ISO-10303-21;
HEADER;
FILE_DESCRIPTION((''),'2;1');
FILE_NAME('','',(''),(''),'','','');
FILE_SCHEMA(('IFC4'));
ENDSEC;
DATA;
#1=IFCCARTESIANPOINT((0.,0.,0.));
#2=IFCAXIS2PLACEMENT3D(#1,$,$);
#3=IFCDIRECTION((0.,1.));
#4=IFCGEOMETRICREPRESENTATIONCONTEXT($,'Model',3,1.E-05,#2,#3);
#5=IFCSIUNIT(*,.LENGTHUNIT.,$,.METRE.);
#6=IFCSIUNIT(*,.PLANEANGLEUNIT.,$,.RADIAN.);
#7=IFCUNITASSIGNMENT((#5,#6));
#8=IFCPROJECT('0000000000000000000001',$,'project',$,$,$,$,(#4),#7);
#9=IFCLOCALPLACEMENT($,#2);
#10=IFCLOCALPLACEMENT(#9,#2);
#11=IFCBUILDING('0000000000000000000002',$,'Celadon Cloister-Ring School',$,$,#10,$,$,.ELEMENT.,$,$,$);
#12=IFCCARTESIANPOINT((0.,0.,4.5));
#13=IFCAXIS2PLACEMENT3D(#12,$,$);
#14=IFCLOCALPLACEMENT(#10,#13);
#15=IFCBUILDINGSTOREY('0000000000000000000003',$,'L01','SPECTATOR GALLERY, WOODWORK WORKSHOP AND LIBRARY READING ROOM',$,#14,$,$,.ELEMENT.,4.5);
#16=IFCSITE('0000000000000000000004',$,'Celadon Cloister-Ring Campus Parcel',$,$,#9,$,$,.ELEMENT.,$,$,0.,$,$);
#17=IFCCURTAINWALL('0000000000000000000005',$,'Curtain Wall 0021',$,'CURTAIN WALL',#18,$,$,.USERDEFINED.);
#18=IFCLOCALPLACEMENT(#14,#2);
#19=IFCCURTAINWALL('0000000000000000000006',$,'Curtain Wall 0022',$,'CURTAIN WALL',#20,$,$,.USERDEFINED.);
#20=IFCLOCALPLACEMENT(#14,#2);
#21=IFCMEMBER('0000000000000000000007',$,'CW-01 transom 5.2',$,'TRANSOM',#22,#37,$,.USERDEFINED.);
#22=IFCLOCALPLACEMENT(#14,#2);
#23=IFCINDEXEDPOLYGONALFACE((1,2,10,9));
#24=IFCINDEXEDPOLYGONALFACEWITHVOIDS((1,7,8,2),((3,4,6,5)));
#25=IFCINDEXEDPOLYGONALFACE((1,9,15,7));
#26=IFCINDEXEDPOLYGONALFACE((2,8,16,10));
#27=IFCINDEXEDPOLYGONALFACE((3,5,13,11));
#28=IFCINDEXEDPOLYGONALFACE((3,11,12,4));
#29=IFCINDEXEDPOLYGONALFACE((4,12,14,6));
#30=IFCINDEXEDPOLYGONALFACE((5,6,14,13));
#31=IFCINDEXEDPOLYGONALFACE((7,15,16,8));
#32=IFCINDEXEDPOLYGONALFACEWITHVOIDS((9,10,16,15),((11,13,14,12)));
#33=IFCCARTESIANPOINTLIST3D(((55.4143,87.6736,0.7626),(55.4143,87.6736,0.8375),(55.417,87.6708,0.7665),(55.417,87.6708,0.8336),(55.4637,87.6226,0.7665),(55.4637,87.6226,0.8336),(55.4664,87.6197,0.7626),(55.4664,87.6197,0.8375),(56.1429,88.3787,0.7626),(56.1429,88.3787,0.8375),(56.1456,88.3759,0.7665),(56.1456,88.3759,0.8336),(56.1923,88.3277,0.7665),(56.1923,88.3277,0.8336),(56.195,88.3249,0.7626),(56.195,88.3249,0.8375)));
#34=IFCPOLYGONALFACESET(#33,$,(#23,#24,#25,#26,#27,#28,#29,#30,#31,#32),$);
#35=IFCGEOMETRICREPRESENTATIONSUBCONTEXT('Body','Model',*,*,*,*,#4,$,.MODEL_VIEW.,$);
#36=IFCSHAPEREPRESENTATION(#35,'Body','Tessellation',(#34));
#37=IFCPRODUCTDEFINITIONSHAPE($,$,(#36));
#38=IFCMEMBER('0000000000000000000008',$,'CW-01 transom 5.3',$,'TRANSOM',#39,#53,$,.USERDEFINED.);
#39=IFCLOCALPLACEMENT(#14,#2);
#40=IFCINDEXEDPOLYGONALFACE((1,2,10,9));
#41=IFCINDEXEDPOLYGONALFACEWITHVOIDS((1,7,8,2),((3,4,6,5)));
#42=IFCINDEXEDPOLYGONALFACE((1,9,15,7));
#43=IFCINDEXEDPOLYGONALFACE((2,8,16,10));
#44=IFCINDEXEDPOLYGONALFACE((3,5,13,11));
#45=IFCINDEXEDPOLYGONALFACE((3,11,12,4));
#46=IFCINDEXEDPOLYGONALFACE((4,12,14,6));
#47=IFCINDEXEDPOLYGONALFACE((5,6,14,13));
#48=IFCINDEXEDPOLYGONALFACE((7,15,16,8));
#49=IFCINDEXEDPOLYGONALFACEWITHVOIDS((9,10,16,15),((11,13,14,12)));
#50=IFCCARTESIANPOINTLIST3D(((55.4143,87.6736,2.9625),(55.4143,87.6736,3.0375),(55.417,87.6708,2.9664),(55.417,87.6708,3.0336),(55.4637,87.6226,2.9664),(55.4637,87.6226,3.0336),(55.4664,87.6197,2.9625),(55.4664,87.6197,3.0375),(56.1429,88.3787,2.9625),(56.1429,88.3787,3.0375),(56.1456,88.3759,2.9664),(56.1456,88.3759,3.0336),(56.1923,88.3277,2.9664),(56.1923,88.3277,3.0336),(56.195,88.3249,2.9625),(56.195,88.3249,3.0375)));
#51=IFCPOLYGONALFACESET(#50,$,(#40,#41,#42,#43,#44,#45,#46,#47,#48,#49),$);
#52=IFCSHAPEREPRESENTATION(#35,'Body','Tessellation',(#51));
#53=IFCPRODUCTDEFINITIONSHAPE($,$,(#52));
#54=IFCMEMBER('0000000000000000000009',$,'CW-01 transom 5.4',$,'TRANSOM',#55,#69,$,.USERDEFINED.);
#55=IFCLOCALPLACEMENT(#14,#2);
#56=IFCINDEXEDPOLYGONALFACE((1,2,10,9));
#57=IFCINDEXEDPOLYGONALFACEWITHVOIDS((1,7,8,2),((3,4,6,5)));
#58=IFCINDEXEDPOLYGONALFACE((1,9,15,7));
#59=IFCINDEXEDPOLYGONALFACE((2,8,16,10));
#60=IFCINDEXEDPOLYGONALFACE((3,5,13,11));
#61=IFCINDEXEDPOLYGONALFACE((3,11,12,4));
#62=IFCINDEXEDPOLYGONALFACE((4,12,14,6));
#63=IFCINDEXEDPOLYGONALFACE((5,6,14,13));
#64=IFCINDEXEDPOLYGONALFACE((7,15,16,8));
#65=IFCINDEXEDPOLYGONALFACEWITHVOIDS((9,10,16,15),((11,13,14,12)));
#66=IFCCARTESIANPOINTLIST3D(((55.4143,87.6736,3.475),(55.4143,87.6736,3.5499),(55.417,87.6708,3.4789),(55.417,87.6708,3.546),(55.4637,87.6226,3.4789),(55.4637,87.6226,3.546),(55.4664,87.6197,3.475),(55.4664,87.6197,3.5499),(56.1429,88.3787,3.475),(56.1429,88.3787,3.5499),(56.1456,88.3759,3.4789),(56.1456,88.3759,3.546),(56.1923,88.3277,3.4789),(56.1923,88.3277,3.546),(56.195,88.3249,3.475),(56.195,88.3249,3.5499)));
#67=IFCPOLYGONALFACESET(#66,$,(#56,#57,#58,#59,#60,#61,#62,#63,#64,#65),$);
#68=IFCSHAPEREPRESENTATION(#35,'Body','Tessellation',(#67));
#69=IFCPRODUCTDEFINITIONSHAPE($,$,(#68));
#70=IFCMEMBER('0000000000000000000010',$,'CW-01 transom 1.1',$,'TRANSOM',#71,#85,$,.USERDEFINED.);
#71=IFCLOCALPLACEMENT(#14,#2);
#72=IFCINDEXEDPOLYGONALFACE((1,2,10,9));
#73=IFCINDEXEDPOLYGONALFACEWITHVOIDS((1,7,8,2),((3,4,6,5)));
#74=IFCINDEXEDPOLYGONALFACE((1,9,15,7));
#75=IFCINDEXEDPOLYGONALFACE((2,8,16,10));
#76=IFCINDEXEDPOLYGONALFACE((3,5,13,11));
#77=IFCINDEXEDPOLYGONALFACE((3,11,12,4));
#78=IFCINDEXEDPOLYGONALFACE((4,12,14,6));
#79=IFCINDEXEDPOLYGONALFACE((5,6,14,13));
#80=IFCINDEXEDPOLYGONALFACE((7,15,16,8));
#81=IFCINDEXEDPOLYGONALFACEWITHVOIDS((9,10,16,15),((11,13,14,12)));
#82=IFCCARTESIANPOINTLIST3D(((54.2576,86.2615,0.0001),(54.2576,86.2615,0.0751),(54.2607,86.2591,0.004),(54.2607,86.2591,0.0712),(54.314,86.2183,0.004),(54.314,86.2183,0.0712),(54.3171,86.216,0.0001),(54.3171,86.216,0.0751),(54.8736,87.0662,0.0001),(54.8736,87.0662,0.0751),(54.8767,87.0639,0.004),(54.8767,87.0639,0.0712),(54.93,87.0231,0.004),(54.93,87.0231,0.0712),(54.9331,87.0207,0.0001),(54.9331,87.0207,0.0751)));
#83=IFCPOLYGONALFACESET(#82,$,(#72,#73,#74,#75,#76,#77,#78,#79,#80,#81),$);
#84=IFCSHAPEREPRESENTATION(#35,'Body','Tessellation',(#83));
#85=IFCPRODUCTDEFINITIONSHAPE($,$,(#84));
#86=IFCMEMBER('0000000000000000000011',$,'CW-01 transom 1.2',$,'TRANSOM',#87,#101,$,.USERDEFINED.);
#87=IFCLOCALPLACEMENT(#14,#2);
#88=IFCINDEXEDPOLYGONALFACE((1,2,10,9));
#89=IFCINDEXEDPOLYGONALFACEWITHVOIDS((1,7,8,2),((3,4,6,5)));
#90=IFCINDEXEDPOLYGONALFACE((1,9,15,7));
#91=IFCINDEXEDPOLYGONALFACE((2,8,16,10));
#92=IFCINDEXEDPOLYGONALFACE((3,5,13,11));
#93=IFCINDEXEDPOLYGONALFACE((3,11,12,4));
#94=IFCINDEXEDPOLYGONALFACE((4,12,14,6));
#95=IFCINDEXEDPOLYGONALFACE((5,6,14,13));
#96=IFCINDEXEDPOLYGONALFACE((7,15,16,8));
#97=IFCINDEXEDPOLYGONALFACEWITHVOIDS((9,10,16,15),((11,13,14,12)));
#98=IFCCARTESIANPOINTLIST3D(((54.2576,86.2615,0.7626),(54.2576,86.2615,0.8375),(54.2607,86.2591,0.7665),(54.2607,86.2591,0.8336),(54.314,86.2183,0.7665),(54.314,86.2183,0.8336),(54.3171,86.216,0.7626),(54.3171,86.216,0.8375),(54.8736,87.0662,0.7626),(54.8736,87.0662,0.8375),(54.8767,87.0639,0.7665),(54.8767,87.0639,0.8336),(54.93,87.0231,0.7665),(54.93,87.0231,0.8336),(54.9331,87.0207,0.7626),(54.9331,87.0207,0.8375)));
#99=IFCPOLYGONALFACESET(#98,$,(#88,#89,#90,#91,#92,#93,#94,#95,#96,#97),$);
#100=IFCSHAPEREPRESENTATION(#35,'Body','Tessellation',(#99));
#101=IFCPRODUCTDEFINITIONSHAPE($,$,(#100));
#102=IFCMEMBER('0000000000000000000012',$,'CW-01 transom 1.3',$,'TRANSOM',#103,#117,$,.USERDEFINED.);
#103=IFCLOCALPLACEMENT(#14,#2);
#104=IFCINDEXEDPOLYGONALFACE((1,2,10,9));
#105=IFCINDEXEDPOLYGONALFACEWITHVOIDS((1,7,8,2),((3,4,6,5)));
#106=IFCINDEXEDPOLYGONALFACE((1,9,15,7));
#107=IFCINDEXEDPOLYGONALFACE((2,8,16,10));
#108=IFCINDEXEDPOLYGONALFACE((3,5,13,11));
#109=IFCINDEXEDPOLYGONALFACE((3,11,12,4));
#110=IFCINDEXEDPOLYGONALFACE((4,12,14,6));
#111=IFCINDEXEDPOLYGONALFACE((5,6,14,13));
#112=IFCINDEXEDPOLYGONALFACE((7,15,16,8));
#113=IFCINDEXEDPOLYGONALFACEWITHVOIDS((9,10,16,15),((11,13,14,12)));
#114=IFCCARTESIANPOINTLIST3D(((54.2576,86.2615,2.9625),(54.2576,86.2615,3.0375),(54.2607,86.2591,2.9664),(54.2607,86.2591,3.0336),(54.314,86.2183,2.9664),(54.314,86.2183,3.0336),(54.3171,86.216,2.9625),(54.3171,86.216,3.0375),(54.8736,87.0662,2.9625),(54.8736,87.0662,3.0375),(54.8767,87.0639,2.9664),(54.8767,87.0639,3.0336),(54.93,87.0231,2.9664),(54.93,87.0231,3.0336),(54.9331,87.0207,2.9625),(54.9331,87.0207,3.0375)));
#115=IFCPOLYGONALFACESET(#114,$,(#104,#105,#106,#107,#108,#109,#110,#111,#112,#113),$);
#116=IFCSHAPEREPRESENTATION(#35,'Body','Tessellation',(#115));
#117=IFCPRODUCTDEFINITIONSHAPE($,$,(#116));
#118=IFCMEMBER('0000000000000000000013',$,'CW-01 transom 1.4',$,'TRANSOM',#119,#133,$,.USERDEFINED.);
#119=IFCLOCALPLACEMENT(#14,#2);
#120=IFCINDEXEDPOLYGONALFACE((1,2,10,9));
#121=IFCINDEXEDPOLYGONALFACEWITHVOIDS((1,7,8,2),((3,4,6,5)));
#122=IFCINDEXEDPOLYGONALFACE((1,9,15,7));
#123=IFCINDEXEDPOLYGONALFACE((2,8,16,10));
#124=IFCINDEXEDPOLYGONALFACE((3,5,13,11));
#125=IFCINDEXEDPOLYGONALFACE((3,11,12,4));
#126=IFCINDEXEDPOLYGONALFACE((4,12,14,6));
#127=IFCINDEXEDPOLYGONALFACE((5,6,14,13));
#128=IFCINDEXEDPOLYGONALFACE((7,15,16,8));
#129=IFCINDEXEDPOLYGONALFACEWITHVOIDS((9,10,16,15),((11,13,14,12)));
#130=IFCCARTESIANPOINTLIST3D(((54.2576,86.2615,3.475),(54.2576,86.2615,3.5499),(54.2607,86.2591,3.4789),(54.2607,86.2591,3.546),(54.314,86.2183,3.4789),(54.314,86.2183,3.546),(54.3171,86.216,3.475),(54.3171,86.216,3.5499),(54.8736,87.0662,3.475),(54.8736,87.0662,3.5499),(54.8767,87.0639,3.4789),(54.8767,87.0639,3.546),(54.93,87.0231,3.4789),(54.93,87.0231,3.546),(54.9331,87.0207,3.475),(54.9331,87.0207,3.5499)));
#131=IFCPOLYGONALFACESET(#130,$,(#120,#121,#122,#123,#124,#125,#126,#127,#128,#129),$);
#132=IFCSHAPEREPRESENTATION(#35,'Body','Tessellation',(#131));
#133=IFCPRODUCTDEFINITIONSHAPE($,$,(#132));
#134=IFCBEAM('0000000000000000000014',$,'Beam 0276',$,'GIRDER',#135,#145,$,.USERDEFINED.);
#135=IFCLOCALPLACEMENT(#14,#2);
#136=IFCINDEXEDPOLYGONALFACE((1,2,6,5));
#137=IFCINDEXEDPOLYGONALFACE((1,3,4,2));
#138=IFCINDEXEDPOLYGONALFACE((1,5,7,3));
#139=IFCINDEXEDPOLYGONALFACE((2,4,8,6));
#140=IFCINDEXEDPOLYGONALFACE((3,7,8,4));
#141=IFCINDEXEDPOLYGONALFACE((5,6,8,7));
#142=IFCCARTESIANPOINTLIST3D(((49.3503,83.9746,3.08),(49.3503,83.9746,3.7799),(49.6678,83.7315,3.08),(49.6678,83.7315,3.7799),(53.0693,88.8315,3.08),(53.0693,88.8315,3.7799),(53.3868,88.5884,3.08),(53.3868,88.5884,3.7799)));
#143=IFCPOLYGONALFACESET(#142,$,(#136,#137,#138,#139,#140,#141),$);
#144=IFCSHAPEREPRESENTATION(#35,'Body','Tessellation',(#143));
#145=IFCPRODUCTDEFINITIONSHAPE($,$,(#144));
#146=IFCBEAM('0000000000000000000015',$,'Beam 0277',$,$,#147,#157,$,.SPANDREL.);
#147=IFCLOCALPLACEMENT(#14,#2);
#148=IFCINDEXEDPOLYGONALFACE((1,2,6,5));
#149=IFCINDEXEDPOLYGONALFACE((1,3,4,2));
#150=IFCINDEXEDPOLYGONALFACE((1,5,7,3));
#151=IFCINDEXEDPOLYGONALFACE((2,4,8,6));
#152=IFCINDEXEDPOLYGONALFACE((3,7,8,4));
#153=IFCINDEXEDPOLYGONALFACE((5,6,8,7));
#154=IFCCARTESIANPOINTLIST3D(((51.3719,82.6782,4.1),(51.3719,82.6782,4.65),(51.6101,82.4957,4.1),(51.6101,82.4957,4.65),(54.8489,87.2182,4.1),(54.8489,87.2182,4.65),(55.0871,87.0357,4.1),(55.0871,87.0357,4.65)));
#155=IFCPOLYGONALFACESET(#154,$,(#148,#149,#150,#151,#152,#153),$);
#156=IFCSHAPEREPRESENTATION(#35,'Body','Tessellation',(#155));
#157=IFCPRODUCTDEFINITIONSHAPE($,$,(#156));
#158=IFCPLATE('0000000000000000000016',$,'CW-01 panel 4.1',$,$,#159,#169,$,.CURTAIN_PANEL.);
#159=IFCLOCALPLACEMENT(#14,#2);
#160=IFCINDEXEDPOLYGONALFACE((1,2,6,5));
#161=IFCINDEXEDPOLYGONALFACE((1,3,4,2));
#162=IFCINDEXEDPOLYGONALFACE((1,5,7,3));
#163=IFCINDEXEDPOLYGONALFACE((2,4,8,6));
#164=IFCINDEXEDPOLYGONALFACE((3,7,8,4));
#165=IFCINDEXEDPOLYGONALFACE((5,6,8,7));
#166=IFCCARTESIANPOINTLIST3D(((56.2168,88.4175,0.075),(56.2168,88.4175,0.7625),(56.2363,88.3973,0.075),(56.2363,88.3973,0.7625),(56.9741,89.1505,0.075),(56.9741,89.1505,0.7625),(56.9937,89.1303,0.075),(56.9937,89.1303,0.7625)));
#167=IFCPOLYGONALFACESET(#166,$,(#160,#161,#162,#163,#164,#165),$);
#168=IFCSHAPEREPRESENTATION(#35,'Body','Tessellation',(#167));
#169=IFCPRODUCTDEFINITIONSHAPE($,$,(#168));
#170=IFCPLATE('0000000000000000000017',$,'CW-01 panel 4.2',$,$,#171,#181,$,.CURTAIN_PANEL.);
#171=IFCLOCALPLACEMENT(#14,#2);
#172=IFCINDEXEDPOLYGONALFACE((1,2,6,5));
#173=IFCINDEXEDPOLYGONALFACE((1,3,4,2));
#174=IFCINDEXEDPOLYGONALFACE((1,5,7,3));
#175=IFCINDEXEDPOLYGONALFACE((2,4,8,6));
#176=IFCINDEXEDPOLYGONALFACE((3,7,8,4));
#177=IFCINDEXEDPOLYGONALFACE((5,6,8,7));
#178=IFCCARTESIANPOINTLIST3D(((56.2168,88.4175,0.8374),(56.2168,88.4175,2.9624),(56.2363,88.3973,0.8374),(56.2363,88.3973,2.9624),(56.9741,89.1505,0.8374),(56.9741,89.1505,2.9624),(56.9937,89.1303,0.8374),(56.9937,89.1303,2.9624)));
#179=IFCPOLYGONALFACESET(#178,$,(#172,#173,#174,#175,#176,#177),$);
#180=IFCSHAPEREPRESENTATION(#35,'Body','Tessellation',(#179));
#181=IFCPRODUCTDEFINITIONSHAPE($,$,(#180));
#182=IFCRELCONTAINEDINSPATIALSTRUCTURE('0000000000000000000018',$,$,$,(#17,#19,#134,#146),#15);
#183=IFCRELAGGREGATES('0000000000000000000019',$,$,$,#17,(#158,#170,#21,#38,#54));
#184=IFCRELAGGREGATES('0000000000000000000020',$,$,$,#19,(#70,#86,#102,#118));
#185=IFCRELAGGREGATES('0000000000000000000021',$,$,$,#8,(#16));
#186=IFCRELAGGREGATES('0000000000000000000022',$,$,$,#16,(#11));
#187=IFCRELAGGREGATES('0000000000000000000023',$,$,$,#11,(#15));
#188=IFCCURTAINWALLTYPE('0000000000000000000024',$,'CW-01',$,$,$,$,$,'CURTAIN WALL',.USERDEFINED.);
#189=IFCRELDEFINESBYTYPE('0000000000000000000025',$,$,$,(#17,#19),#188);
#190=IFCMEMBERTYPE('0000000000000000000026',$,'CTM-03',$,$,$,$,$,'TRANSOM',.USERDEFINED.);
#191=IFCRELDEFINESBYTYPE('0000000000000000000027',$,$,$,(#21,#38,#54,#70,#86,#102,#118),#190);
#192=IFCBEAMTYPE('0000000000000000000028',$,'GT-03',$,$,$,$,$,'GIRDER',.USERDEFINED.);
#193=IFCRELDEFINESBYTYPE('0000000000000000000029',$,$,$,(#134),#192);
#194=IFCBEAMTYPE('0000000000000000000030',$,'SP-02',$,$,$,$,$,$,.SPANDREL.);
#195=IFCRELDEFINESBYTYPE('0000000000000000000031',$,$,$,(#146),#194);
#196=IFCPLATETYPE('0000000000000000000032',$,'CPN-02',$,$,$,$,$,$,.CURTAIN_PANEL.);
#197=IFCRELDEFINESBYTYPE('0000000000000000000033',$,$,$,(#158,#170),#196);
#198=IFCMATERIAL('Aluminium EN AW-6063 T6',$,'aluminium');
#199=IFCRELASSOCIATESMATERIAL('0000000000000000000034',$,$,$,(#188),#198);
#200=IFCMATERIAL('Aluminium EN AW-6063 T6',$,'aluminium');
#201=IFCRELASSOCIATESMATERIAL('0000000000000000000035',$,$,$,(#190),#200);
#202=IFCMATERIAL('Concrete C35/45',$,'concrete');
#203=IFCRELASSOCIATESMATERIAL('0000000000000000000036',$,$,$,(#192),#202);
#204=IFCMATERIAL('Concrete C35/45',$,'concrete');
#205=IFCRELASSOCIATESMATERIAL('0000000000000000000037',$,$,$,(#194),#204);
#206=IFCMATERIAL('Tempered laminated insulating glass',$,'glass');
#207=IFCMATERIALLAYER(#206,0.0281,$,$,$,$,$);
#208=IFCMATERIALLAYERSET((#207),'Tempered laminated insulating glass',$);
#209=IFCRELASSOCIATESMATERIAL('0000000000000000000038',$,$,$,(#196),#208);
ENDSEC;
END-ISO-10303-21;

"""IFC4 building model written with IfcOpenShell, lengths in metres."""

from ifc_helpers import new_model, si_unit, direction, frame, origin, origin_2d, place, context, subcontext, project, spatial, rectangle, hollow_rectangle, extrude, material, layer, layer_set, material_profile, profile_set, type_object, element, aggregate, save


model = new_model("IFC4")

# Units and contexts
model_context = context("Model", 3, precision=1e-05, world=origin(), true_north=direction((0.0, 1.0)))
body_context = subcontext(model_context, "Body", "Model", "MODEL_VIEW")
ifc_project = project(units=[si_unit("LENGTHUNIT", "METRE"), si_unit("PLANEANGLEUNIT", "RADIAN")], contexts=[model_context])

# Site, building, storey
site_placement = place(None, origin())
site = spatial("IfcSite", under=ifc_project, at=site_placement, Name="Celadon Cloister-Ring Campus Parcel", CompositionType="ELEMENT", RefElevation=0.0)
building_placement = place(site_placement, origin())
building = spatial("IfcBuilding", under=site, at=building_placement, Name="Celadon Cloister-Ring School", CompositionType="ELEMENT")
storey_placement = place(building_placement, frame((0.0, 0.0, 4.5)))
storey = spatial("IfcBuildingStorey", under=building, at=storey_placement, Name="L01", Description="SPECTATOR GALLERY, WOODWORK WORKSHOP AND LIBRARY READING ROOM", CompositionType="ELEMENT", Elevation=4.5)

# Curtain wall
ifc_material_1 = material(Name="Aluminium EN AW-6063 T6", Category="aluminium")
curtain_wall_type = type_object("IfcCurtainWallType", Name="CW-01", ElementType="CURTAIN WALL", PredefinedType="USERDEFINED", material=ifc_material_1)
curtain_wall_1_placement = place(storey_placement, origin())
curtain_wall_1 = element("IfcCurtainWall", 1, at=curtain_wall_1_placement, inside=storey, type_object=curtain_wall_type, Name="Curtain Wall 0021", ObjectType="CURTAIN WALL", PredefinedType="USERDEFINED")

# Curtain wall
curtain_wall_2_placement = place(storey_placement, origin())
curtain_wall_2 = element("IfcCurtainWall", 2, at=curtain_wall_2_placement, inside=storey, type_object=curtain_wall_type, Name="Curtain Wall 0022", ObjectType="CURTAIN WALL", PredefinedType="USERDEFINED")

# Members
ifc_material_2 = material(Name="Aluminium EN AW-6063 T6", Category="aluminium")
ifc_material_profile_1 = material_profile(ifc_material_2, hollow_rectangle(XDim=0.075, YDim=0.075, WallThickness=0.0039, at=origin_2d()), Name="RHS75X75X4")
ifc_profile_set_1 = profile_set([ifc_material_profile_1], Name="Aluminium EN AW-6063 T6")
member_type_1 = type_object("IfcMemberType", Name="CTM-03", ElementType="TRANSOM", PredefinedType="USERDEFINED", material=ifc_profile_set_1)
member_1_placement = place(storey_placement, frame((56.1689, 88.3518, 0.8), z_axis=(-0.718571, -0.695454, 0.0), x_axis=(0.695454, -0.718571, 0.0)))
member_1 = element("IfcMember", 3, at=member_1_placement, type_object=member_type_1, Name="CW-01 transom 5.2", ObjectType="TRANSOM", PredefinedType="USERDEFINED", context=body_context, shape_type="SweptSolid", body=[
    extrude(hollow_rectangle(XDim=0.075, YDim=0.075, WallThickness=0.0039, at=origin_2d()), origin(), (0.0, 0.0, 1.0), 1.0139),
])
member_2_placement = place(storey_placement, frame((56.1689, 88.3518, 3.0), z_axis=(-0.718571, -0.695454, 0.0), x_axis=(0.695454, -0.718571, 0.0)))
member_2 = element("IfcMember", 4, at=member_2_placement, type_object=member_type_1, Name="CW-01 transom 5.3", ObjectType="TRANSOM", PredefinedType="USERDEFINED", context=body_context, shape_type="SweptSolid", body=[
    extrude(hollow_rectangle(XDim=0.075, YDim=0.075, WallThickness=0.0039, at=origin_2d()), origin(), (0.0, 0.0, 1.0), 1.0139),
])
member_3_placement = place(storey_placement, frame((56.1689, 88.3518, 3.5125), z_axis=(-0.718571, -0.695454, 0.0), x_axis=(0.695454, -0.718571, 0.0)))
member_3 = element("IfcMember", 5, at=member_3_placement, type_object=member_type_1, Name="CW-01 transom 5.4", ObjectType="TRANSOM", PredefinedType="USERDEFINED", context=body_context, shape_type="SweptSolid", body=[
    extrude(hollow_rectangle(XDim=0.075, YDim=0.075, WallThickness=0.0039, at=origin_2d()), origin(), (0.0, 0.0, 1.0), 1.0139),
])
member_4_placement = place(storey_placement, frame((54.9033, 87.0435, 0.0376), z_axis=(-0.607835, -0.794064, 0.0), x_axis=(0.794064, -0.607835, 0.0)))
member_4 = element("IfcMember", 6, at=member_4_placement, type_object=member_type_1, Name="CW-01 transom 1.1", ObjectType="TRANSOM", PredefinedType="USERDEFINED", context=body_context, shape_type="SweptSolid", body=[
    extrude(hollow_rectangle(XDim=0.075, YDim=0.075, WallThickness=0.0039, at=origin_2d()), origin(), (0.0, 0.0, 1.0), 1.0134),
])
member_5_placement = place(storey_placement, frame((54.9033, 87.0435, 0.8), z_axis=(-0.607835, -0.794064, 0.0), x_axis=(0.794064, -0.607835, 0.0)))
member_5 = element("IfcMember", 7, at=member_5_placement, type_object=member_type_1, Name="CW-01 transom 1.2", ObjectType="TRANSOM", PredefinedType="USERDEFINED", context=body_context, shape_type="SweptSolid", body=[
    extrude(hollow_rectangle(XDim=0.075, YDim=0.075, WallThickness=0.0039, at=origin_2d()), origin(), (0.0, 0.0, 1.0), 1.0134),
])
member_6_placement = place(storey_placement, frame((54.9033, 87.0435, 3.0), z_axis=(-0.607835, -0.794064, 0.0), x_axis=(0.794064, -0.607835, 0.0)))
member_6 = element("IfcMember", 8, at=member_6_placement, type_object=member_type_1, Name="CW-01 transom 1.3", ObjectType="TRANSOM", PredefinedType="USERDEFINED", context=body_context, shape_type="SweptSolid", body=[
    extrude(hollow_rectangle(XDim=0.075, YDim=0.075, WallThickness=0.0039, at=origin_2d()), origin(), (0.0, 0.0, 1.0), 1.0134),
])
member_7_placement = place(storey_placement, frame((54.9033, 87.0435, 3.5125), z_axis=(-0.607835, -0.794064, 0.0), x_axis=(0.794064, -0.607835, 0.0)))
member_7 = element("IfcMember", 9, at=member_7_placement, type_object=member_type_1, Name="CW-01 transom 1.4", ObjectType="TRANSOM", PredefinedType="USERDEFINED", context=body_context, shape_type="SweptSolid", body=[
    extrude(hollow_rectangle(XDim=0.075, YDim=0.075, WallThickness=0.0039, at=origin_2d()), origin(), (0.0, 0.0, 1.0), 1.0134),
])

# Beams
ifc_material_3 = material(Name="Concrete C35/45", Category="concrete")
ifc_material_profile_2 = material_profile(ifc_material_3, rectangle(XDim=0.3999, YDim=0.7, at=origin_2d()), Name="RC400X700")
ifc_profile_set_2 = profile_set([ifc_material_profile_2], Name="Concrete C35/45")
beam_type_1 = type_object("IfcBeamType", Name="GT-03", ElementType="GIRDER", PredefinedType="USERDEFINED", material=ifc_profile_set_2)
beam_1_placement = place(storey_placement, frame((53.228, 88.71, 3.4299), z_axis=(-0.607952, -0.793974, 0.0), x_axis=(0.793974, -0.607952, 0.0)))
element("IfcBeam", 10, at=beam_1_placement, inside=storey, type_object=beam_type_1, Name="Beam 0276", ObjectType="GIRDER", PredefinedType="USERDEFINED", context=body_context, shape_type="SweptSolid", body=[
    extrude(rectangle(XDim=0.3999, YDim=0.7, at=origin_2d()), origin(), (0.0, 0.0, 1.0), 6.1172),
])
ifc_material_4 = material(Name="Concrete C35/45", Category="concrete")
ifc_material_profile_3 = material_profile(ifc_material_4, rectangle(XDim=0.3, YDim=0.55, at=origin_2d()), Name="RC300X550")
ifc_profile_set_3 = profile_set([ifc_material_profile_3], Name="Concrete C35/45")
beam_type_2 = type_object("IfcBeamType", Name="SP-02", PredefinedType="SPANDREL", material=ifc_profile_set_3)
beam_2_placement = place(storey_placement, frame((54.968, 87.127, 4.375), z_axis=(-0.60803, -0.793914, 0.0), x_axis=(0.793914, -0.60803, 0.0)))
element("IfcBeam", 11, at=beam_2_placement, inside=storey, type_object=beam_type_2, Name="Beam 0277", PredefinedType="SPANDREL", context=body_context, shape_type="SweptSolid", body=[
    extrude(rectangle(XDim=0.3, YDim=0.55, at=origin_2d()), origin(), (0.0, 0.0, 1.0), 5.7185),
])

# Plates
ifc_material_5 = material(Name="Tempered laminated insulating glass", Category="glass")
ifc_layer_1 = layer(ifc_material_5, 0.0281)
ifc_layer_set_1 = layer_set([ifc_layer_1], Name="Tempered laminated insulating glass")
plate_type = type_object("IfcPlateType", Name="CPN-02", PredefinedType="CURTAIN_PANEL", material=ifc_layer_set_1)
plate_1_placement = place(storey_placement, frame((56.6052, 88.7739, 0.075), z_axis=(0.0, 0.0, 1.0), x_axis=(-0.718565, -0.69546, 0.0)))
plate_1 = element("IfcPlate", 12, at=plate_1_placement, type_object=plate_type, Name="CW-01 panel 4.1", PredefinedType="CURTAIN_PANEL", context=body_context, shape_type="SweptSolid", body=[
    extrude(rectangle(XDim=1.054, YDim=0.0281, at=origin_2d()), origin(), (0.0, 0.0, 1.0), 0.6875),
])
plate_2_placement = place(storey_placement, frame((56.6052, 88.7739, 0.8374), z_axis=(0.0, 0.0, 1.0), x_axis=(-0.718565, -0.69546, 0.0)))
plate_2 = element("IfcPlate", 13, at=plate_2_placement, type_object=plate_type, Name="CW-01 panel 4.2", PredefinedType="CURTAIN_PANEL", context=body_context, shape_type="SweptSolid", body=[
    extrude(rectangle(XDim=1.054, YDim=0.0281, at=origin_2d()), origin(), (0.0, 0.0, 1.0), 2.125),
])
aggregate(curtain_wall_1, [plate_1, plate_2, member_1, member_2, member_3])
aggregate(curtain_wall_2, [member_4, member_5, member_6, member_7])

save(model, "model.ifc")
